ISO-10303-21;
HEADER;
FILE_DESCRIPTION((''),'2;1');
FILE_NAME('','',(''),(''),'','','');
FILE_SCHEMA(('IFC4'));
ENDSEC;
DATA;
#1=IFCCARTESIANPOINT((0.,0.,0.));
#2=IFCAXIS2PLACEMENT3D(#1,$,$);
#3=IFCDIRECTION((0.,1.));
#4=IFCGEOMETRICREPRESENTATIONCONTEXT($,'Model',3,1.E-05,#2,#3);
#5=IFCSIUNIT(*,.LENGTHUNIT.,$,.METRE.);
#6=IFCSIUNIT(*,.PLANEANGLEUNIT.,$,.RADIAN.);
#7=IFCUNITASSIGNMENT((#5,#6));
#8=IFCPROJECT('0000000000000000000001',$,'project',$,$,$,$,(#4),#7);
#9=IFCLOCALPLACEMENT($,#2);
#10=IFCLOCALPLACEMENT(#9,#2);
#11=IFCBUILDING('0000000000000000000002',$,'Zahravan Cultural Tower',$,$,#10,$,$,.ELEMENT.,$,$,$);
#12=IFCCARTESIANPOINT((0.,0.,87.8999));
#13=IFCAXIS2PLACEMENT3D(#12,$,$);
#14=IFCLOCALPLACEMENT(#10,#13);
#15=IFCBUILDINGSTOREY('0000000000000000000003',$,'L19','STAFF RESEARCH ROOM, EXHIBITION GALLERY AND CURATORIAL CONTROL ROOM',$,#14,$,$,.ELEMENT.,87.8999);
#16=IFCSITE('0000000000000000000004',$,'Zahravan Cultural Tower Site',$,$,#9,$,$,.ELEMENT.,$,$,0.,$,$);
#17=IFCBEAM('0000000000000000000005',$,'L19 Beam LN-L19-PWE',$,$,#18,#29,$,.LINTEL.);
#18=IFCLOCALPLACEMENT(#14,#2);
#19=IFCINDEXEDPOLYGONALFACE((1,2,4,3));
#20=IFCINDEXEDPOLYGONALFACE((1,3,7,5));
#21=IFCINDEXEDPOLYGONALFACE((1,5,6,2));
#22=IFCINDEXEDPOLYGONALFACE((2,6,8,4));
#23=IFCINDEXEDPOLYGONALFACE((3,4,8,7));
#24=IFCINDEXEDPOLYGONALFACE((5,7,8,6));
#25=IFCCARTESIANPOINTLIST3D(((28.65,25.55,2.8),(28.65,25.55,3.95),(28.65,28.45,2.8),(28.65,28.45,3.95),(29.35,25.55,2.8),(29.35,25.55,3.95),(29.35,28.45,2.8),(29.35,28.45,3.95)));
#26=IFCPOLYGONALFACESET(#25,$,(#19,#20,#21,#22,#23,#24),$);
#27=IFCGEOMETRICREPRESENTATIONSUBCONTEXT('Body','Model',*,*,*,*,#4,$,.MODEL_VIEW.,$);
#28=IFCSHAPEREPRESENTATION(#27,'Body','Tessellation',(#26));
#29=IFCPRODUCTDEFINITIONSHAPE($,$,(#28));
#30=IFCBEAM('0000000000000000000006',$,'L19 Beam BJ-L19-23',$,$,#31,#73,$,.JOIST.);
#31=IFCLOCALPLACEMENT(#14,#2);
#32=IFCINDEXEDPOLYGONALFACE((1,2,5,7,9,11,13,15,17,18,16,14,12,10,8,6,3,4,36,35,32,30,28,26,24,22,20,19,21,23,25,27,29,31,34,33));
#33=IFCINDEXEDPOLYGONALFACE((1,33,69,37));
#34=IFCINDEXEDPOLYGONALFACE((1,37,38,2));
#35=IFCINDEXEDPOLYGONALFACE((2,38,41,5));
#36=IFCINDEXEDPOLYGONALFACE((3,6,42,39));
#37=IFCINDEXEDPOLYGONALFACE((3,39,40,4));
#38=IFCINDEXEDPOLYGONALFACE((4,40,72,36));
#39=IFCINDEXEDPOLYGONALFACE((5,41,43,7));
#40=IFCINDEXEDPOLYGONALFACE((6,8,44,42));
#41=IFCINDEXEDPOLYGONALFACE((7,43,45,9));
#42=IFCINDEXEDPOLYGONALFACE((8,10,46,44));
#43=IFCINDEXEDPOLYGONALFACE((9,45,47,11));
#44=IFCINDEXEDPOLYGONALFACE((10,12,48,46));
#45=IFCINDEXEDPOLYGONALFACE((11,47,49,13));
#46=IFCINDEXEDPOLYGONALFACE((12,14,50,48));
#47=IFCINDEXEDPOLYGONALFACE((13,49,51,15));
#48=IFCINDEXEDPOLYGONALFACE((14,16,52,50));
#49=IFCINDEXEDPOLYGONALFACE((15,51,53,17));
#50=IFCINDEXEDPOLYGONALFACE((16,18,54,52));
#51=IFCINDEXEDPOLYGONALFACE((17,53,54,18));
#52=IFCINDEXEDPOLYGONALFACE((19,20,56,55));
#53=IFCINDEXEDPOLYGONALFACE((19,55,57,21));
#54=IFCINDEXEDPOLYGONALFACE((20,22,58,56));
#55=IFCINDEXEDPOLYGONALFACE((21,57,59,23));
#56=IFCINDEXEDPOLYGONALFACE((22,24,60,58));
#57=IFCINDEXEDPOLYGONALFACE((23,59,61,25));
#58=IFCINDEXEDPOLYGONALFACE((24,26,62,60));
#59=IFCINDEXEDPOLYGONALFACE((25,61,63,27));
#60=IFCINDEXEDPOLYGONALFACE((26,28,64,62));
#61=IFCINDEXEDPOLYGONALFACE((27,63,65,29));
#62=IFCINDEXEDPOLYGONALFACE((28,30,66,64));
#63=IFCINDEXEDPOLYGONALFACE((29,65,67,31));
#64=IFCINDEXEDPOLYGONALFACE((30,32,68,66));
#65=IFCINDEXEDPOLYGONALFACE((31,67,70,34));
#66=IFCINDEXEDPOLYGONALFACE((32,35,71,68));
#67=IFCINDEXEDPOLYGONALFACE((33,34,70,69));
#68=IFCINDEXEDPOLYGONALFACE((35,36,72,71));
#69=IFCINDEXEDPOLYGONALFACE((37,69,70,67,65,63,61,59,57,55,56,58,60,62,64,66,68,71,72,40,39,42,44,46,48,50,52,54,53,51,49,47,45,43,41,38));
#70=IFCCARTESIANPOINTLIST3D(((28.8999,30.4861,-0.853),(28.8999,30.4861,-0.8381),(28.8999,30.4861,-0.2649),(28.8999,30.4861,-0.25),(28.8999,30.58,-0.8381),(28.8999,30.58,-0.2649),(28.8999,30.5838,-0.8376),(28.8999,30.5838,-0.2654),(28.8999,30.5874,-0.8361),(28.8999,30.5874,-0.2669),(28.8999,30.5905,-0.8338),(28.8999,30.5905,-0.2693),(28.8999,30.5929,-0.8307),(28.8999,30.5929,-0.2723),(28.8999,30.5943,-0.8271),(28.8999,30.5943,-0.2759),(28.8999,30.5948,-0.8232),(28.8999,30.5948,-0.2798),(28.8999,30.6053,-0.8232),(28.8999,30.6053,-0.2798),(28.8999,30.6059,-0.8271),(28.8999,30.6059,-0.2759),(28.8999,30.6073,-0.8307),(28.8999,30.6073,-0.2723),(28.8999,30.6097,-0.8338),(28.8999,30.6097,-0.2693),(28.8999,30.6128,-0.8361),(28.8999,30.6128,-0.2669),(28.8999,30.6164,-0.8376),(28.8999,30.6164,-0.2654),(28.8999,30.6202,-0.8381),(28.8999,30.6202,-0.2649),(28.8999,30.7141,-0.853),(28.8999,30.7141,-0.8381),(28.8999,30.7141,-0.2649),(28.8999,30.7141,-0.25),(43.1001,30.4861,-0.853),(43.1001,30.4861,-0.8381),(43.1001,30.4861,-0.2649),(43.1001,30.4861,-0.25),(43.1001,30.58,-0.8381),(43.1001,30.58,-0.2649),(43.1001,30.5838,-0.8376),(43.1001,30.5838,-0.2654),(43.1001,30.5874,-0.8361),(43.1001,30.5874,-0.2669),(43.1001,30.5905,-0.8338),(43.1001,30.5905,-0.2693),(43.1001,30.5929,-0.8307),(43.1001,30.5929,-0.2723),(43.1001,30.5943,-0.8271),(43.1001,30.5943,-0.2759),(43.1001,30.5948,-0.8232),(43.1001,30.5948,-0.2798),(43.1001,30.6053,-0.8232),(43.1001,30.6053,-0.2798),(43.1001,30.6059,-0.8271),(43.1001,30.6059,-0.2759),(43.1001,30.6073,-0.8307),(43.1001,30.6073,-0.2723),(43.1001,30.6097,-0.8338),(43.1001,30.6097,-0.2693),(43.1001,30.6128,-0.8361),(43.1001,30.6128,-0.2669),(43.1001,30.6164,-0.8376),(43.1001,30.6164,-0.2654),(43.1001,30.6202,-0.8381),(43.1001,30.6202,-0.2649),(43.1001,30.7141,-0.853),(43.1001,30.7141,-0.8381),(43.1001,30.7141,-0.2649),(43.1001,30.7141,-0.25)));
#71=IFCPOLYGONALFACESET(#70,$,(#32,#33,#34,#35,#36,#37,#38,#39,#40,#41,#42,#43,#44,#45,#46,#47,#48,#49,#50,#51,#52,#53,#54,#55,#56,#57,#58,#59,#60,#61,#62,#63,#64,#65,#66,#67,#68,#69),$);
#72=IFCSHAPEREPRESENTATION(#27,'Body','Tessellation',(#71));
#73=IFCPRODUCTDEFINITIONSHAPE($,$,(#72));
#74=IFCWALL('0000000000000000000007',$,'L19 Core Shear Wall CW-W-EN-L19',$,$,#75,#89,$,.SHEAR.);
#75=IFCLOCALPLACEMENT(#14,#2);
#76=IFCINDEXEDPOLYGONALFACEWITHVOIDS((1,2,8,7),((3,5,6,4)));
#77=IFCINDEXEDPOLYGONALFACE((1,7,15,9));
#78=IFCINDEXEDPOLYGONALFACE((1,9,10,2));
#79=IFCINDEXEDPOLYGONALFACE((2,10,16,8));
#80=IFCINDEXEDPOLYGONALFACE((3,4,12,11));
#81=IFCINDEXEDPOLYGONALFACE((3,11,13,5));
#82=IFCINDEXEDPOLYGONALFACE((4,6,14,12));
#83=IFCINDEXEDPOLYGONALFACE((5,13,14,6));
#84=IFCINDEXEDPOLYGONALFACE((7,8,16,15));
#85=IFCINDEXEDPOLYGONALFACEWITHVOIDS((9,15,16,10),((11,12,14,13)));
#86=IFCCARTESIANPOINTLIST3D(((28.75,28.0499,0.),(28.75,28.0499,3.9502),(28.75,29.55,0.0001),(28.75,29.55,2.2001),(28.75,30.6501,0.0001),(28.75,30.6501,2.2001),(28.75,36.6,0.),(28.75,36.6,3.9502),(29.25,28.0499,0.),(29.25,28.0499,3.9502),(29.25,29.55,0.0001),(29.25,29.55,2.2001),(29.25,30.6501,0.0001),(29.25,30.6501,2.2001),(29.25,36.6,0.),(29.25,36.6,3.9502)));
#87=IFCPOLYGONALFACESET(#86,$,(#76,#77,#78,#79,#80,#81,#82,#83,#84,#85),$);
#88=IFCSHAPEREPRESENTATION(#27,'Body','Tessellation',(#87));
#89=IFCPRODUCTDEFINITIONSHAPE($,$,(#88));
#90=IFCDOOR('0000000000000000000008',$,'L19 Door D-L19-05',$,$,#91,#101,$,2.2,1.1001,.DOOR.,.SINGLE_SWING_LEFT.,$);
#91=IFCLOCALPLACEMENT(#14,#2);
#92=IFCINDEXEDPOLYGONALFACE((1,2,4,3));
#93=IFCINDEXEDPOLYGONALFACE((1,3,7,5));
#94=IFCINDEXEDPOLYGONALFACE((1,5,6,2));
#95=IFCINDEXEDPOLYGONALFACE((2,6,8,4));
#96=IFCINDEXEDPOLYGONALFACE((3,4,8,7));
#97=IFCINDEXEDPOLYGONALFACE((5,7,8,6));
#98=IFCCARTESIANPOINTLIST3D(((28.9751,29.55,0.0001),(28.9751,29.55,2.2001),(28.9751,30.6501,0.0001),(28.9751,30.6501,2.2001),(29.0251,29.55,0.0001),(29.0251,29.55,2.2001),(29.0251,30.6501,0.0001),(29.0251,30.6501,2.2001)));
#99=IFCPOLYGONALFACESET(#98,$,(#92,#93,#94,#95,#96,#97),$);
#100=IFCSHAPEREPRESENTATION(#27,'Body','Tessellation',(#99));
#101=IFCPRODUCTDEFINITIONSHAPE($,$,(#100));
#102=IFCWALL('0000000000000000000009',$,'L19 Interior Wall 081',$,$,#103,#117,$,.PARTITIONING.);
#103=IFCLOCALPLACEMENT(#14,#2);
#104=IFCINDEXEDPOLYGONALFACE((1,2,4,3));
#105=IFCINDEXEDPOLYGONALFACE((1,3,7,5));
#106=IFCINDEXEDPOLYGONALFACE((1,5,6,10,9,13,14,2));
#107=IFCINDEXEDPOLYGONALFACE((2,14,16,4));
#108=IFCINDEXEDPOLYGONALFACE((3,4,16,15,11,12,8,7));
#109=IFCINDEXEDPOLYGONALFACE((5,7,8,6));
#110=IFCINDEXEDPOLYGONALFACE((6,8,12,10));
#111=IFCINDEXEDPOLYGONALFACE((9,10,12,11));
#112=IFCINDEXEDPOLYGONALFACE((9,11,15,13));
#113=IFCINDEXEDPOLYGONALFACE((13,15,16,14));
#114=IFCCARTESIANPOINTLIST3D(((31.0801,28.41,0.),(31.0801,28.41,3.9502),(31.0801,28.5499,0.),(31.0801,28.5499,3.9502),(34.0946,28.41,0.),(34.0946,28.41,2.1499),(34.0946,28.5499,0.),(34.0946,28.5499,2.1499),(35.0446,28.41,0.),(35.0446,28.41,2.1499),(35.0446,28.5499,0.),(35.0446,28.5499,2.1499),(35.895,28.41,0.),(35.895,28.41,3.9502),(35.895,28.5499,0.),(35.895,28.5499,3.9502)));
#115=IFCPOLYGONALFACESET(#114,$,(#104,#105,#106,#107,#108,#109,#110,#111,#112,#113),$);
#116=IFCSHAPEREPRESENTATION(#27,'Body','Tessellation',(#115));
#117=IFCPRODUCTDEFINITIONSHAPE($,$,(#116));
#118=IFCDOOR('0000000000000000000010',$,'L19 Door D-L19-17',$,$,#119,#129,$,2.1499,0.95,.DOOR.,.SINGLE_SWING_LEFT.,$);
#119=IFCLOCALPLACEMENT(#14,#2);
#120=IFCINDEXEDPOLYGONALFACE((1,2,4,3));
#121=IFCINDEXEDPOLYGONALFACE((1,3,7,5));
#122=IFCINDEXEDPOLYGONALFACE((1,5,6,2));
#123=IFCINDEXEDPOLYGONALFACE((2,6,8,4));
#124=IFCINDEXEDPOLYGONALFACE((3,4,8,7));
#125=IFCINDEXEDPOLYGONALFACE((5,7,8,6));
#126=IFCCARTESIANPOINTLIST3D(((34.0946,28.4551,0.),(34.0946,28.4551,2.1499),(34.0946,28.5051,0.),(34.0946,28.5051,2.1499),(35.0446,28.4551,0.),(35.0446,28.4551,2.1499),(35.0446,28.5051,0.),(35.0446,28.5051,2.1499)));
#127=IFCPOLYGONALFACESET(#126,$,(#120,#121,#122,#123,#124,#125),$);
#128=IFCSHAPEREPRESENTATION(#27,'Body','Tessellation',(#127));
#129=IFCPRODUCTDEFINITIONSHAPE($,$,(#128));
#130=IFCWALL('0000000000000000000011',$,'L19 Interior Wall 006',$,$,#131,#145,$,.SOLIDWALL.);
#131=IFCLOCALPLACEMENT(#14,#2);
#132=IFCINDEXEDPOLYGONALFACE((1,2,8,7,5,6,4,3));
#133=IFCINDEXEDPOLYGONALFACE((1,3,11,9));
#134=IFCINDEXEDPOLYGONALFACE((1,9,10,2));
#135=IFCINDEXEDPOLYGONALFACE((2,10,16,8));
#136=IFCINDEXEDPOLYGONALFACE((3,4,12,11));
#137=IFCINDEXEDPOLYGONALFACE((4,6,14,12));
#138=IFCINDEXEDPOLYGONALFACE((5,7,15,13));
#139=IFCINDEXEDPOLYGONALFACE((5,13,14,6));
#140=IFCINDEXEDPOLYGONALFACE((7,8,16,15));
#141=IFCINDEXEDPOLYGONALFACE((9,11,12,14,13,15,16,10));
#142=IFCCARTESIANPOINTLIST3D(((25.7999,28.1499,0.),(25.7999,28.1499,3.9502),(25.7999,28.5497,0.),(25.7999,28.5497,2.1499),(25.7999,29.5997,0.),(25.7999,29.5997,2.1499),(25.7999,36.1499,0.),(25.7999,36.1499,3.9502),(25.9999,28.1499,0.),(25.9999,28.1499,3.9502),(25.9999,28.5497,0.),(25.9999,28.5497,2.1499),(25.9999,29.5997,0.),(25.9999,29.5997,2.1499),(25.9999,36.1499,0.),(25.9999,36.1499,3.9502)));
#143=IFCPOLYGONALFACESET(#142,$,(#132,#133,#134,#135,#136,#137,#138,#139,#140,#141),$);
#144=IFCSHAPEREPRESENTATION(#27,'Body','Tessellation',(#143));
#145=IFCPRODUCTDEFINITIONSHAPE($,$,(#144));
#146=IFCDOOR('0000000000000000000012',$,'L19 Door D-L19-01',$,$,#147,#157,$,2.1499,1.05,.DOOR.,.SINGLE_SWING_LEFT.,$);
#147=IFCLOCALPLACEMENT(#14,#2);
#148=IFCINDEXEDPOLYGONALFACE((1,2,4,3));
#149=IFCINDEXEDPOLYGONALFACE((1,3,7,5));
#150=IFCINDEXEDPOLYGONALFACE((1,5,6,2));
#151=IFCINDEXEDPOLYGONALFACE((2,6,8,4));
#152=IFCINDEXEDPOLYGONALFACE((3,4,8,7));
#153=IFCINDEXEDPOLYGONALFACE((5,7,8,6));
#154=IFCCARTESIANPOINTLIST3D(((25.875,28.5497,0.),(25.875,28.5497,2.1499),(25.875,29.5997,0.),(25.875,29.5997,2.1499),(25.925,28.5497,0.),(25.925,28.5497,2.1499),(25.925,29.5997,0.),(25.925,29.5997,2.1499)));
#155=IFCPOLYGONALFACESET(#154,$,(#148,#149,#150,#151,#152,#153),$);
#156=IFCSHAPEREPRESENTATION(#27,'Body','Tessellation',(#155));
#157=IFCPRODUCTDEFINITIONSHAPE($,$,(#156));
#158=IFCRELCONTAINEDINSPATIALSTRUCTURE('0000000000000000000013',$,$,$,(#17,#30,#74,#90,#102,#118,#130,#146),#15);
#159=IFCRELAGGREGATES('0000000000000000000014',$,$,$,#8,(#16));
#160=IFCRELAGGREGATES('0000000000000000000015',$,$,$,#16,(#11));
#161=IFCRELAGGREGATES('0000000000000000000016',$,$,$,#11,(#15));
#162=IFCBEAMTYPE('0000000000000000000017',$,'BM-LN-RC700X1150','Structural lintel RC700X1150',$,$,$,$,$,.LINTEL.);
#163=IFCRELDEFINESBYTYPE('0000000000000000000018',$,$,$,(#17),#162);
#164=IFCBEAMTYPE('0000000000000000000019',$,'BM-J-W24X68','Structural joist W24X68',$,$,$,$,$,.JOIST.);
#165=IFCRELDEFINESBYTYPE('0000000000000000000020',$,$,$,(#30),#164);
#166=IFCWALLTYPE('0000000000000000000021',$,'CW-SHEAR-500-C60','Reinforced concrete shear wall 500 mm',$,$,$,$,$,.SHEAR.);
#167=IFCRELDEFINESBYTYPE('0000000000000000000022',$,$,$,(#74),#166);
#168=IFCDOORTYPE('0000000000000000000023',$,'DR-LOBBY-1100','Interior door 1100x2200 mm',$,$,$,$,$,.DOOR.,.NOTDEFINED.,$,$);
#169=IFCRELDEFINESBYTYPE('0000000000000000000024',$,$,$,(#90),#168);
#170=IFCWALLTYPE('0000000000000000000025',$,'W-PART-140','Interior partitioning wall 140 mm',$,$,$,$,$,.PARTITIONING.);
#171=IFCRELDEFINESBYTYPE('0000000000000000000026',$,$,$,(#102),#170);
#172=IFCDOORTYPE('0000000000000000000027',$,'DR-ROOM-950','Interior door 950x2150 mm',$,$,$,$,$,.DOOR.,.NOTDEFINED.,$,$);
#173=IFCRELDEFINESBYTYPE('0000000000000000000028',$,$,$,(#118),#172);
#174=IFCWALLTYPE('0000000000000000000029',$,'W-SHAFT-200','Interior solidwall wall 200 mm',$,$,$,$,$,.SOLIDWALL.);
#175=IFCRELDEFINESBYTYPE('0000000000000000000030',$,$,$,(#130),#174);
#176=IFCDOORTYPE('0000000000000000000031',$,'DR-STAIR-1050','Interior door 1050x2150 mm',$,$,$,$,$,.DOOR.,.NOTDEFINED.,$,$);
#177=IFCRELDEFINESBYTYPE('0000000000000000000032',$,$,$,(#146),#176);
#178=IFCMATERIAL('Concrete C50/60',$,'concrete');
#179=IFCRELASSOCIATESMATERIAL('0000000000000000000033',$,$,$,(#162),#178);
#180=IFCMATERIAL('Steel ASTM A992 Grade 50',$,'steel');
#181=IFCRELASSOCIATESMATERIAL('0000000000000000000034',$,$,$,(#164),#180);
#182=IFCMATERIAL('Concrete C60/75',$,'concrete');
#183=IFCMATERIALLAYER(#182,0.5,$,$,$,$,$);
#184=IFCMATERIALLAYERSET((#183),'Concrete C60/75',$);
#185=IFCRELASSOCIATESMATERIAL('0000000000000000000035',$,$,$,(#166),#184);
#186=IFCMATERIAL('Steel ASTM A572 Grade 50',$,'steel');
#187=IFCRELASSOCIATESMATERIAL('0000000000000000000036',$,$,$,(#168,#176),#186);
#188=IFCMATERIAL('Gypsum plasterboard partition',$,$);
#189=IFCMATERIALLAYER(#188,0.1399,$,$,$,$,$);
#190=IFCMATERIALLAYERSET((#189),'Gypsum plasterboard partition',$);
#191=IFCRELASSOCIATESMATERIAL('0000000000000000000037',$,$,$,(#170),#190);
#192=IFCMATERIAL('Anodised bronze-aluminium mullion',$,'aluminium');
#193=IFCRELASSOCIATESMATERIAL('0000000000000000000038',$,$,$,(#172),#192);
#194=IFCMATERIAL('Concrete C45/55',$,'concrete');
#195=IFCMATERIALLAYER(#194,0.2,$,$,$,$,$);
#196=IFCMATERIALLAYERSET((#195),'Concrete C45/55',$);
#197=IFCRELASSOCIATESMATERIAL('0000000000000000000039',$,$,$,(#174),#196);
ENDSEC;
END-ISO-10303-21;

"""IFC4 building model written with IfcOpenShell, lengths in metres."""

from ifc_helpers import new_model, si_unit, direction, frame, frame_2d, origin, origin_2d, place, context, subcontext, project, spatial, rectangle, i_section, extrude, source, transform, mapped, material, layer, layer_set, material_profile, profile_set, type_object, element, fill, save


model = new_model("IFC4")

# Units and contexts
model_context = context("Model", 3, precision=1e-05, world=origin(), true_north=direction((0.0, 1.0)))
body_context = subcontext(model_context, "Body", "Model", "MODEL_VIEW")
ifc_project = project(units=[si_unit("LENGTHUNIT", "METRE"), si_unit("PLANEANGLEUNIT", "RADIAN")], contexts=[model_context])

# Site, building, storey
site_placement = place(None, origin())
site = spatial("IfcSite", under=ifc_project, at=site_placement, Name="Zahravan Cultural Tower Site", CompositionType="ELEMENT", RefElevation=0.0)
building_placement = place(site_placement, origin())
building = spatial("IfcBuilding", under=site, at=building_placement, Name="Zahravan Cultural Tower", CompositionType="ELEMENT")
storey_placement = place(building_placement, frame((0.0, 0.0, 87.8999)))
storey = spatial("IfcBuildingStorey", under=building, at=storey_placement, Name="L19", Description="STAFF RESEARCH ROOM, EXHIBITION GALLERY AND CURATORIAL CONTROL ROOM", CompositionType="ELEMENT", Elevation=87.8999)

# Beams
ifc_material_1 = material(Name="Concrete C50/60", Category="concrete")
ifc_material_profile_1 = material_profile(ifc_material_1, rectangle(XDim=0.7, YDim=1.1499, at=origin_2d()), Name="RC700X1150")
ifc_profile_set_1 = profile_set([ifc_material_profile_1], Name="Concrete C50/60")
beam_type_1 = type_object("IfcBeamType", Name="BM-LN-RC700X1150", Description="Structural lintel RC700X1150", PredefinedType="LINTEL", material=ifc_profile_set_1)
shared_shape_1 = source(origin(), body_context, "Body", "SweptSolid", [
    extrude(rectangle(XDim=0.7, YDim=1.1499, at=origin_2d()), origin(), (0.0, 0.0, 1.0), 2.8999),
])
beam_1_placement = place(storey_placement, frame((29.0, 25.55, 3.375), z_axis=(0.0, 1.0, 0.0), x_axis=(-1.0, 0.0, 0.0)))
element("IfcBeam", 1, at=beam_1_placement, inside=storey, type_object=beam_type_1, Name="L19 Beam LN-L19-PWE", PredefinedType="LINTEL", context=body_context, shape_type="MappedRepresentation", body=[
    mapped(shared_shape_1, transform((0.0, 0.0, 0.0), x_axis=(1.0, 0.0, 0.0), y_axis=(0.0, 1.0, 0.0), z_axis=(0.0, 0.0, 1.0), scale=1.0)),
])
ifc_material_2 = material(Name="Steel ASTM A992 Grade 50", Category="steel")
ifc_material_profile_2 = material_profile(ifc_material_2, i_section(OverallWidth=0.228, OverallDepth=0.603, WebThickness=0.0105, FlangeThickness=0.0149, FilletRadius=0.0149, at=origin_2d()), Name="W24X68")
ifc_profile_set_2 = profile_set([ifc_material_profile_2], Name="Steel ASTM A992 Grade 50")
beam_type_2 = type_object("IfcBeamType", Name="BM-J-W24X68", Description="Structural joist W24X68", PredefinedType="JOIST", material=ifc_profile_set_2)
shared_shape_2 = source(origin(), body_context, "Body", "SweptSolid", [
    extrude(i_section(OverallWidth=0.228, OverallDepth=0.603, WebThickness=0.0105, FlangeThickness=0.0149, FilletRadius=0.0149, at=origin_2d()), origin(), (0.0, 0.0, 1.0), 14.2002),
])
beam_2_placement = place(storey_placement, frame((28.8999, 30.6001, -0.5515), z_axis=(1.0, 0.0, 0.0), x_axis=(0.0, 1.0, 0.0)))
element("IfcBeam", 2, at=beam_2_placement, inside=storey, type_object=beam_type_2, Name="L19 Beam BJ-L19-23", PredefinedType="JOIST", context=body_context, shape_type="MappedRepresentation", body=[
    mapped(shared_shape_2, transform((0.0, 0.0, 0.0), x_axis=(1.0, 0.0, 0.0), y_axis=(0.0, 1.0, 0.0), z_axis=(0.0, 0.0, 1.0), scale=1.0)),
])

# Walls, openings, doors
ifc_material_3 = material(Name="Concrete C60/75", Category="concrete")
ifc_layer_1 = layer(ifc_material_3, 0.5)
ifc_layer_set_1 = layer_set([ifc_layer_1], Name="Concrete C60/75")
wall_type_1 = type_object("IfcWallType", Name="CW-SHEAR-500-C60", Description="Reinforced concrete shear wall 500 mm", PredefinedType="SHEAR", material=ifc_layer_set_1)
wall_1_placement = place(storey_placement, frame((29.0, 28.05, 0.0), z_axis=(0.0, 0.0, 1.0), x_axis=(0.0, 1.0, 0.0)))
wall_1 = element("IfcWall", 3, at=wall_1_placement, inside=storey, type_object=wall_type_1, Name="L19 Core Shear Wall CW-W-EN-L19", PredefinedType="SHEAR", context=body_context, shape_type="SweptSolid", body=[
    extrude(rectangle(XDim=8.55, YDim=0.5, at=frame_2d((4.2749, 0.0))), origin(), (0.0, 0.0, 1.0), 3.9502),
])
opening_1_placement = place(wall_1_placement, frame((1.5, 0.0, 0.0)))
opening_1 = element("IfcOpeningElement", 4, at=opening_1_placement, cuts=wall_1, PredefinedType="OPENING", context=body_context, shape_type="SweptSolid", body=[
    extrude(rectangle(XDim=1.1001, YDim=2.2, at=frame_2d((0.55, 1.1001))), frame((0.0, 0.26, 0.0), z_axis=(0.0, -1.0, 0.0), x_axis=(1.0, 0.0, 0.0)), (0.0, 0.0, 1.0), 0.52),
])
ifc_material_4 = material(Name="Steel ASTM A572 Grade 50", Category="steel")
door_type_1 = type_object("IfcDoorType", Name="DR-LOBBY-1100", Description="Interior door 1100x2200 mm", OperationType="NOTDEFINED", PredefinedType="DOOR", material=ifc_material_4)
shared_shape_3 = source(origin(), body_context, "Body", "SweptSolid", [
    extrude(rectangle(XDim=1.1001, YDim=2.2, at=frame_2d((0.55, 1.1001))), frame((0.0, 0.0249, 0.0), z_axis=(0.0, -1.0, 0.0), x_axis=(1.0, 0.0, 0.0)), (0.0, 0.0, 1.0), 0.05),
])
door_1_placement = place(opening_1_placement, origin())
door_1 = element("IfcDoor", 5, at=door_1_placement, inside=storey, type_object=door_type_1, Name="L19 Door D-L19-05", OperationType="SINGLE_SWING_LEFT", OverallHeight=2.2, OverallWidth=1.1001, PredefinedType="DOOR", context=body_context, shape_type="MappedRepresentation", body=[
    mapped(shared_shape_3, transform((0.0, 0.0, 0.0), x_axis=(1.0, 0.0, 0.0), y_axis=(0.0, 1.0, 0.0), z_axis=(0.0, 0.0, 1.0), scale=1.0)),
])
fill(opening_1, door_1)
ifc_material_5 = material(Name="Gypsum plasterboard partition")
ifc_layer_2 = layer(ifc_material_5, 0.1399)
ifc_layer_set_2 = layer_set([ifc_layer_2], Name="Gypsum plasterboard partition")
wall_type_2 = type_object("IfcWallType", Name="W-PART-140", Description="Interior partitioning wall 140 mm", PredefinedType="PARTITIONING", material=ifc_layer_set_2)
ifc_material_6 = material(Name="Anodised bronze-aluminium mullion", Category="aluminium")
door_type_2 = type_object("IfcDoorType", Name="DR-ROOM-950", Description="Interior door 950x2150 mm", OperationType="NOTDEFINED", PredefinedType="DOOR", material=ifc_material_6)
shared_shape_4 = source(origin(), body_context, "Body", "SweptSolid", [
    extrude(rectangle(XDim=0.95, YDim=2.1499, at=frame_2d((0.4751, 1.075))), frame((0.0, 0.0249, 0.0), z_axis=(0.0, -1.0, 0.0), x_axis=(1.0, 0.0, 0.0)), (0.0, 0.0, 1.0), 0.05),
])
wall_2_placement = place(storey_placement, frame((35.895, 28.48, 0.0), z_axis=(0.0, 0.0, 1.0), x_axis=(-1.0, 0.0, 0.0)))
wall_2 = element("IfcWall", 6, at=wall_2_placement, inside=storey, type_object=wall_type_2, Name="L19 Interior Wall 081", PredefinedType="PARTITIONING", context=body_context, shape_type="SweptSolid", body=[
    extrude(rectangle(XDim=4.8149, YDim=0.1399, at=frame_2d((2.4075, 0.0))), origin(), (0.0, 0.0, 1.0), 3.9502),
])
opening_2_placement = place(wall_2_placement, frame((0.8503, 0.0, 0.0)))
opening_2 = element("IfcOpeningElement", 7, at=opening_2_placement, cuts=wall_2, PredefinedType="OPENING", context=body_context, shape_type="SweptSolid", body=[
    extrude(rectangle(XDim=0.95, YDim=2.1499, at=frame_2d((0.4751, 1.075))), frame((0.0, 0.0798, 0.0), z_axis=(0.0, -1.0, 0.0), x_axis=(1.0, 0.0, 0.0)), (0.0, 0.0, 1.0), 0.1599),
])
door_2_placement = place(opening_2_placement, origin())
door_2 = element("IfcDoor", 8, at=door_2_placement, inside=storey, type_object=door_type_2, Name="L19 Door D-L19-17", OperationType="SINGLE_SWING_LEFT", OverallHeight=2.1499, OverallWidth=0.95, PredefinedType="DOOR", context=body_context, shape_type="MappedRepresentation", body=[
    mapped(shared_shape_4, transform((0.0, 0.0, 0.0), x_axis=(1.0, 0.0, 0.0), y_axis=(0.0, 1.0, 0.0), z_axis=(0.0, 0.0, 1.0), scale=1.0)),
])
fill(opening_2, door_2)
ifc_material_7 = material(Name="Concrete C45/55", Category="concrete")
ifc_layer_3 = layer(ifc_material_7, 0.2)
ifc_layer_set_3 = layer_set([ifc_layer_3], Name="Concrete C45/55")
wall_type_3 = type_object("IfcWallType", Name="W-SHAFT-200", Description="Interior solidwall wall 200 mm", PredefinedType="SOLIDWALL", material=ifc_layer_set_3)
wall_3_placement = place(storey_placement, frame((25.8999, 28.1499, 0.0), z_axis=(0.0, 0.0, 1.0), x_axis=(0.0, 1.0, 0.0)))
wall_3 = element("IfcWall", 9, at=wall_3_placement, inside=storey, type_object=wall_type_3, Name="L19 Interior Wall 006", PredefinedType="SOLIDWALL", context=body_context, shape_type="SweptSolid", body=[
    extrude(rectangle(XDim=8.0, YDim=0.2, at=frame_2d((4.0, 0.0))), origin(), (0.0, 0.0, 1.0), 3.9502),
])
opening_3_placement = place(wall_3_placement, frame((0.3999, 0.0, 0.0)))
opening_3 = element("IfcOpeningElement", 10, at=opening_3_placement, cuts=wall_3, PredefinedType="OPENING", context=body_context, shape_type="SweptSolid", body=[
    extrude(rectangle(XDim=1.05, YDim=2.1499, at=frame_2d((0.5249, 1.075))), frame((0.0, 0.1099, 0.0), z_axis=(0.0, -1.0, 0.0), x_axis=(1.0, 0.0, 0.0)), (0.0, 0.0, 1.0), 0.22),
])
door_type_3 = type_object("IfcDoorType", Name="DR-STAIR-1050", Description="Interior door 1050x2150 mm", OperationType="NOTDEFINED", PredefinedType="DOOR", material=ifc_material_4)
shared_shape_5 = source(origin(), body_context, "Body", "SweptSolid", [
    extrude(rectangle(XDim=1.05, YDim=2.1499, at=frame_2d((0.5249, 1.075))), frame((0.0, 0.0249, 0.0), z_axis=(0.0, -1.0, 0.0), x_axis=(1.0, 0.0, 0.0)), (0.0, 0.0, 1.0), 0.05),
])
door_3_placement = place(opening_3_placement, origin())
door_3 = element("IfcDoor", 11, at=door_3_placement, inside=storey, type_object=door_type_3, Name="L19 Door D-L19-01", OperationType="SINGLE_SWING_LEFT", OverallHeight=2.1499, OverallWidth=1.05, PredefinedType="DOOR", context=body_context, shape_type="MappedRepresentation", body=[
    mapped(shared_shape_5, transform((0.0, 0.0, 0.0), x_axis=(1.0, 0.0, 0.0), y_axis=(0.0, 1.0, 0.0), z_axis=(0.0, 0.0, 1.0), scale=1.0)),
])
fill(opening_3, door_3)

save(model, "model.ifc")
